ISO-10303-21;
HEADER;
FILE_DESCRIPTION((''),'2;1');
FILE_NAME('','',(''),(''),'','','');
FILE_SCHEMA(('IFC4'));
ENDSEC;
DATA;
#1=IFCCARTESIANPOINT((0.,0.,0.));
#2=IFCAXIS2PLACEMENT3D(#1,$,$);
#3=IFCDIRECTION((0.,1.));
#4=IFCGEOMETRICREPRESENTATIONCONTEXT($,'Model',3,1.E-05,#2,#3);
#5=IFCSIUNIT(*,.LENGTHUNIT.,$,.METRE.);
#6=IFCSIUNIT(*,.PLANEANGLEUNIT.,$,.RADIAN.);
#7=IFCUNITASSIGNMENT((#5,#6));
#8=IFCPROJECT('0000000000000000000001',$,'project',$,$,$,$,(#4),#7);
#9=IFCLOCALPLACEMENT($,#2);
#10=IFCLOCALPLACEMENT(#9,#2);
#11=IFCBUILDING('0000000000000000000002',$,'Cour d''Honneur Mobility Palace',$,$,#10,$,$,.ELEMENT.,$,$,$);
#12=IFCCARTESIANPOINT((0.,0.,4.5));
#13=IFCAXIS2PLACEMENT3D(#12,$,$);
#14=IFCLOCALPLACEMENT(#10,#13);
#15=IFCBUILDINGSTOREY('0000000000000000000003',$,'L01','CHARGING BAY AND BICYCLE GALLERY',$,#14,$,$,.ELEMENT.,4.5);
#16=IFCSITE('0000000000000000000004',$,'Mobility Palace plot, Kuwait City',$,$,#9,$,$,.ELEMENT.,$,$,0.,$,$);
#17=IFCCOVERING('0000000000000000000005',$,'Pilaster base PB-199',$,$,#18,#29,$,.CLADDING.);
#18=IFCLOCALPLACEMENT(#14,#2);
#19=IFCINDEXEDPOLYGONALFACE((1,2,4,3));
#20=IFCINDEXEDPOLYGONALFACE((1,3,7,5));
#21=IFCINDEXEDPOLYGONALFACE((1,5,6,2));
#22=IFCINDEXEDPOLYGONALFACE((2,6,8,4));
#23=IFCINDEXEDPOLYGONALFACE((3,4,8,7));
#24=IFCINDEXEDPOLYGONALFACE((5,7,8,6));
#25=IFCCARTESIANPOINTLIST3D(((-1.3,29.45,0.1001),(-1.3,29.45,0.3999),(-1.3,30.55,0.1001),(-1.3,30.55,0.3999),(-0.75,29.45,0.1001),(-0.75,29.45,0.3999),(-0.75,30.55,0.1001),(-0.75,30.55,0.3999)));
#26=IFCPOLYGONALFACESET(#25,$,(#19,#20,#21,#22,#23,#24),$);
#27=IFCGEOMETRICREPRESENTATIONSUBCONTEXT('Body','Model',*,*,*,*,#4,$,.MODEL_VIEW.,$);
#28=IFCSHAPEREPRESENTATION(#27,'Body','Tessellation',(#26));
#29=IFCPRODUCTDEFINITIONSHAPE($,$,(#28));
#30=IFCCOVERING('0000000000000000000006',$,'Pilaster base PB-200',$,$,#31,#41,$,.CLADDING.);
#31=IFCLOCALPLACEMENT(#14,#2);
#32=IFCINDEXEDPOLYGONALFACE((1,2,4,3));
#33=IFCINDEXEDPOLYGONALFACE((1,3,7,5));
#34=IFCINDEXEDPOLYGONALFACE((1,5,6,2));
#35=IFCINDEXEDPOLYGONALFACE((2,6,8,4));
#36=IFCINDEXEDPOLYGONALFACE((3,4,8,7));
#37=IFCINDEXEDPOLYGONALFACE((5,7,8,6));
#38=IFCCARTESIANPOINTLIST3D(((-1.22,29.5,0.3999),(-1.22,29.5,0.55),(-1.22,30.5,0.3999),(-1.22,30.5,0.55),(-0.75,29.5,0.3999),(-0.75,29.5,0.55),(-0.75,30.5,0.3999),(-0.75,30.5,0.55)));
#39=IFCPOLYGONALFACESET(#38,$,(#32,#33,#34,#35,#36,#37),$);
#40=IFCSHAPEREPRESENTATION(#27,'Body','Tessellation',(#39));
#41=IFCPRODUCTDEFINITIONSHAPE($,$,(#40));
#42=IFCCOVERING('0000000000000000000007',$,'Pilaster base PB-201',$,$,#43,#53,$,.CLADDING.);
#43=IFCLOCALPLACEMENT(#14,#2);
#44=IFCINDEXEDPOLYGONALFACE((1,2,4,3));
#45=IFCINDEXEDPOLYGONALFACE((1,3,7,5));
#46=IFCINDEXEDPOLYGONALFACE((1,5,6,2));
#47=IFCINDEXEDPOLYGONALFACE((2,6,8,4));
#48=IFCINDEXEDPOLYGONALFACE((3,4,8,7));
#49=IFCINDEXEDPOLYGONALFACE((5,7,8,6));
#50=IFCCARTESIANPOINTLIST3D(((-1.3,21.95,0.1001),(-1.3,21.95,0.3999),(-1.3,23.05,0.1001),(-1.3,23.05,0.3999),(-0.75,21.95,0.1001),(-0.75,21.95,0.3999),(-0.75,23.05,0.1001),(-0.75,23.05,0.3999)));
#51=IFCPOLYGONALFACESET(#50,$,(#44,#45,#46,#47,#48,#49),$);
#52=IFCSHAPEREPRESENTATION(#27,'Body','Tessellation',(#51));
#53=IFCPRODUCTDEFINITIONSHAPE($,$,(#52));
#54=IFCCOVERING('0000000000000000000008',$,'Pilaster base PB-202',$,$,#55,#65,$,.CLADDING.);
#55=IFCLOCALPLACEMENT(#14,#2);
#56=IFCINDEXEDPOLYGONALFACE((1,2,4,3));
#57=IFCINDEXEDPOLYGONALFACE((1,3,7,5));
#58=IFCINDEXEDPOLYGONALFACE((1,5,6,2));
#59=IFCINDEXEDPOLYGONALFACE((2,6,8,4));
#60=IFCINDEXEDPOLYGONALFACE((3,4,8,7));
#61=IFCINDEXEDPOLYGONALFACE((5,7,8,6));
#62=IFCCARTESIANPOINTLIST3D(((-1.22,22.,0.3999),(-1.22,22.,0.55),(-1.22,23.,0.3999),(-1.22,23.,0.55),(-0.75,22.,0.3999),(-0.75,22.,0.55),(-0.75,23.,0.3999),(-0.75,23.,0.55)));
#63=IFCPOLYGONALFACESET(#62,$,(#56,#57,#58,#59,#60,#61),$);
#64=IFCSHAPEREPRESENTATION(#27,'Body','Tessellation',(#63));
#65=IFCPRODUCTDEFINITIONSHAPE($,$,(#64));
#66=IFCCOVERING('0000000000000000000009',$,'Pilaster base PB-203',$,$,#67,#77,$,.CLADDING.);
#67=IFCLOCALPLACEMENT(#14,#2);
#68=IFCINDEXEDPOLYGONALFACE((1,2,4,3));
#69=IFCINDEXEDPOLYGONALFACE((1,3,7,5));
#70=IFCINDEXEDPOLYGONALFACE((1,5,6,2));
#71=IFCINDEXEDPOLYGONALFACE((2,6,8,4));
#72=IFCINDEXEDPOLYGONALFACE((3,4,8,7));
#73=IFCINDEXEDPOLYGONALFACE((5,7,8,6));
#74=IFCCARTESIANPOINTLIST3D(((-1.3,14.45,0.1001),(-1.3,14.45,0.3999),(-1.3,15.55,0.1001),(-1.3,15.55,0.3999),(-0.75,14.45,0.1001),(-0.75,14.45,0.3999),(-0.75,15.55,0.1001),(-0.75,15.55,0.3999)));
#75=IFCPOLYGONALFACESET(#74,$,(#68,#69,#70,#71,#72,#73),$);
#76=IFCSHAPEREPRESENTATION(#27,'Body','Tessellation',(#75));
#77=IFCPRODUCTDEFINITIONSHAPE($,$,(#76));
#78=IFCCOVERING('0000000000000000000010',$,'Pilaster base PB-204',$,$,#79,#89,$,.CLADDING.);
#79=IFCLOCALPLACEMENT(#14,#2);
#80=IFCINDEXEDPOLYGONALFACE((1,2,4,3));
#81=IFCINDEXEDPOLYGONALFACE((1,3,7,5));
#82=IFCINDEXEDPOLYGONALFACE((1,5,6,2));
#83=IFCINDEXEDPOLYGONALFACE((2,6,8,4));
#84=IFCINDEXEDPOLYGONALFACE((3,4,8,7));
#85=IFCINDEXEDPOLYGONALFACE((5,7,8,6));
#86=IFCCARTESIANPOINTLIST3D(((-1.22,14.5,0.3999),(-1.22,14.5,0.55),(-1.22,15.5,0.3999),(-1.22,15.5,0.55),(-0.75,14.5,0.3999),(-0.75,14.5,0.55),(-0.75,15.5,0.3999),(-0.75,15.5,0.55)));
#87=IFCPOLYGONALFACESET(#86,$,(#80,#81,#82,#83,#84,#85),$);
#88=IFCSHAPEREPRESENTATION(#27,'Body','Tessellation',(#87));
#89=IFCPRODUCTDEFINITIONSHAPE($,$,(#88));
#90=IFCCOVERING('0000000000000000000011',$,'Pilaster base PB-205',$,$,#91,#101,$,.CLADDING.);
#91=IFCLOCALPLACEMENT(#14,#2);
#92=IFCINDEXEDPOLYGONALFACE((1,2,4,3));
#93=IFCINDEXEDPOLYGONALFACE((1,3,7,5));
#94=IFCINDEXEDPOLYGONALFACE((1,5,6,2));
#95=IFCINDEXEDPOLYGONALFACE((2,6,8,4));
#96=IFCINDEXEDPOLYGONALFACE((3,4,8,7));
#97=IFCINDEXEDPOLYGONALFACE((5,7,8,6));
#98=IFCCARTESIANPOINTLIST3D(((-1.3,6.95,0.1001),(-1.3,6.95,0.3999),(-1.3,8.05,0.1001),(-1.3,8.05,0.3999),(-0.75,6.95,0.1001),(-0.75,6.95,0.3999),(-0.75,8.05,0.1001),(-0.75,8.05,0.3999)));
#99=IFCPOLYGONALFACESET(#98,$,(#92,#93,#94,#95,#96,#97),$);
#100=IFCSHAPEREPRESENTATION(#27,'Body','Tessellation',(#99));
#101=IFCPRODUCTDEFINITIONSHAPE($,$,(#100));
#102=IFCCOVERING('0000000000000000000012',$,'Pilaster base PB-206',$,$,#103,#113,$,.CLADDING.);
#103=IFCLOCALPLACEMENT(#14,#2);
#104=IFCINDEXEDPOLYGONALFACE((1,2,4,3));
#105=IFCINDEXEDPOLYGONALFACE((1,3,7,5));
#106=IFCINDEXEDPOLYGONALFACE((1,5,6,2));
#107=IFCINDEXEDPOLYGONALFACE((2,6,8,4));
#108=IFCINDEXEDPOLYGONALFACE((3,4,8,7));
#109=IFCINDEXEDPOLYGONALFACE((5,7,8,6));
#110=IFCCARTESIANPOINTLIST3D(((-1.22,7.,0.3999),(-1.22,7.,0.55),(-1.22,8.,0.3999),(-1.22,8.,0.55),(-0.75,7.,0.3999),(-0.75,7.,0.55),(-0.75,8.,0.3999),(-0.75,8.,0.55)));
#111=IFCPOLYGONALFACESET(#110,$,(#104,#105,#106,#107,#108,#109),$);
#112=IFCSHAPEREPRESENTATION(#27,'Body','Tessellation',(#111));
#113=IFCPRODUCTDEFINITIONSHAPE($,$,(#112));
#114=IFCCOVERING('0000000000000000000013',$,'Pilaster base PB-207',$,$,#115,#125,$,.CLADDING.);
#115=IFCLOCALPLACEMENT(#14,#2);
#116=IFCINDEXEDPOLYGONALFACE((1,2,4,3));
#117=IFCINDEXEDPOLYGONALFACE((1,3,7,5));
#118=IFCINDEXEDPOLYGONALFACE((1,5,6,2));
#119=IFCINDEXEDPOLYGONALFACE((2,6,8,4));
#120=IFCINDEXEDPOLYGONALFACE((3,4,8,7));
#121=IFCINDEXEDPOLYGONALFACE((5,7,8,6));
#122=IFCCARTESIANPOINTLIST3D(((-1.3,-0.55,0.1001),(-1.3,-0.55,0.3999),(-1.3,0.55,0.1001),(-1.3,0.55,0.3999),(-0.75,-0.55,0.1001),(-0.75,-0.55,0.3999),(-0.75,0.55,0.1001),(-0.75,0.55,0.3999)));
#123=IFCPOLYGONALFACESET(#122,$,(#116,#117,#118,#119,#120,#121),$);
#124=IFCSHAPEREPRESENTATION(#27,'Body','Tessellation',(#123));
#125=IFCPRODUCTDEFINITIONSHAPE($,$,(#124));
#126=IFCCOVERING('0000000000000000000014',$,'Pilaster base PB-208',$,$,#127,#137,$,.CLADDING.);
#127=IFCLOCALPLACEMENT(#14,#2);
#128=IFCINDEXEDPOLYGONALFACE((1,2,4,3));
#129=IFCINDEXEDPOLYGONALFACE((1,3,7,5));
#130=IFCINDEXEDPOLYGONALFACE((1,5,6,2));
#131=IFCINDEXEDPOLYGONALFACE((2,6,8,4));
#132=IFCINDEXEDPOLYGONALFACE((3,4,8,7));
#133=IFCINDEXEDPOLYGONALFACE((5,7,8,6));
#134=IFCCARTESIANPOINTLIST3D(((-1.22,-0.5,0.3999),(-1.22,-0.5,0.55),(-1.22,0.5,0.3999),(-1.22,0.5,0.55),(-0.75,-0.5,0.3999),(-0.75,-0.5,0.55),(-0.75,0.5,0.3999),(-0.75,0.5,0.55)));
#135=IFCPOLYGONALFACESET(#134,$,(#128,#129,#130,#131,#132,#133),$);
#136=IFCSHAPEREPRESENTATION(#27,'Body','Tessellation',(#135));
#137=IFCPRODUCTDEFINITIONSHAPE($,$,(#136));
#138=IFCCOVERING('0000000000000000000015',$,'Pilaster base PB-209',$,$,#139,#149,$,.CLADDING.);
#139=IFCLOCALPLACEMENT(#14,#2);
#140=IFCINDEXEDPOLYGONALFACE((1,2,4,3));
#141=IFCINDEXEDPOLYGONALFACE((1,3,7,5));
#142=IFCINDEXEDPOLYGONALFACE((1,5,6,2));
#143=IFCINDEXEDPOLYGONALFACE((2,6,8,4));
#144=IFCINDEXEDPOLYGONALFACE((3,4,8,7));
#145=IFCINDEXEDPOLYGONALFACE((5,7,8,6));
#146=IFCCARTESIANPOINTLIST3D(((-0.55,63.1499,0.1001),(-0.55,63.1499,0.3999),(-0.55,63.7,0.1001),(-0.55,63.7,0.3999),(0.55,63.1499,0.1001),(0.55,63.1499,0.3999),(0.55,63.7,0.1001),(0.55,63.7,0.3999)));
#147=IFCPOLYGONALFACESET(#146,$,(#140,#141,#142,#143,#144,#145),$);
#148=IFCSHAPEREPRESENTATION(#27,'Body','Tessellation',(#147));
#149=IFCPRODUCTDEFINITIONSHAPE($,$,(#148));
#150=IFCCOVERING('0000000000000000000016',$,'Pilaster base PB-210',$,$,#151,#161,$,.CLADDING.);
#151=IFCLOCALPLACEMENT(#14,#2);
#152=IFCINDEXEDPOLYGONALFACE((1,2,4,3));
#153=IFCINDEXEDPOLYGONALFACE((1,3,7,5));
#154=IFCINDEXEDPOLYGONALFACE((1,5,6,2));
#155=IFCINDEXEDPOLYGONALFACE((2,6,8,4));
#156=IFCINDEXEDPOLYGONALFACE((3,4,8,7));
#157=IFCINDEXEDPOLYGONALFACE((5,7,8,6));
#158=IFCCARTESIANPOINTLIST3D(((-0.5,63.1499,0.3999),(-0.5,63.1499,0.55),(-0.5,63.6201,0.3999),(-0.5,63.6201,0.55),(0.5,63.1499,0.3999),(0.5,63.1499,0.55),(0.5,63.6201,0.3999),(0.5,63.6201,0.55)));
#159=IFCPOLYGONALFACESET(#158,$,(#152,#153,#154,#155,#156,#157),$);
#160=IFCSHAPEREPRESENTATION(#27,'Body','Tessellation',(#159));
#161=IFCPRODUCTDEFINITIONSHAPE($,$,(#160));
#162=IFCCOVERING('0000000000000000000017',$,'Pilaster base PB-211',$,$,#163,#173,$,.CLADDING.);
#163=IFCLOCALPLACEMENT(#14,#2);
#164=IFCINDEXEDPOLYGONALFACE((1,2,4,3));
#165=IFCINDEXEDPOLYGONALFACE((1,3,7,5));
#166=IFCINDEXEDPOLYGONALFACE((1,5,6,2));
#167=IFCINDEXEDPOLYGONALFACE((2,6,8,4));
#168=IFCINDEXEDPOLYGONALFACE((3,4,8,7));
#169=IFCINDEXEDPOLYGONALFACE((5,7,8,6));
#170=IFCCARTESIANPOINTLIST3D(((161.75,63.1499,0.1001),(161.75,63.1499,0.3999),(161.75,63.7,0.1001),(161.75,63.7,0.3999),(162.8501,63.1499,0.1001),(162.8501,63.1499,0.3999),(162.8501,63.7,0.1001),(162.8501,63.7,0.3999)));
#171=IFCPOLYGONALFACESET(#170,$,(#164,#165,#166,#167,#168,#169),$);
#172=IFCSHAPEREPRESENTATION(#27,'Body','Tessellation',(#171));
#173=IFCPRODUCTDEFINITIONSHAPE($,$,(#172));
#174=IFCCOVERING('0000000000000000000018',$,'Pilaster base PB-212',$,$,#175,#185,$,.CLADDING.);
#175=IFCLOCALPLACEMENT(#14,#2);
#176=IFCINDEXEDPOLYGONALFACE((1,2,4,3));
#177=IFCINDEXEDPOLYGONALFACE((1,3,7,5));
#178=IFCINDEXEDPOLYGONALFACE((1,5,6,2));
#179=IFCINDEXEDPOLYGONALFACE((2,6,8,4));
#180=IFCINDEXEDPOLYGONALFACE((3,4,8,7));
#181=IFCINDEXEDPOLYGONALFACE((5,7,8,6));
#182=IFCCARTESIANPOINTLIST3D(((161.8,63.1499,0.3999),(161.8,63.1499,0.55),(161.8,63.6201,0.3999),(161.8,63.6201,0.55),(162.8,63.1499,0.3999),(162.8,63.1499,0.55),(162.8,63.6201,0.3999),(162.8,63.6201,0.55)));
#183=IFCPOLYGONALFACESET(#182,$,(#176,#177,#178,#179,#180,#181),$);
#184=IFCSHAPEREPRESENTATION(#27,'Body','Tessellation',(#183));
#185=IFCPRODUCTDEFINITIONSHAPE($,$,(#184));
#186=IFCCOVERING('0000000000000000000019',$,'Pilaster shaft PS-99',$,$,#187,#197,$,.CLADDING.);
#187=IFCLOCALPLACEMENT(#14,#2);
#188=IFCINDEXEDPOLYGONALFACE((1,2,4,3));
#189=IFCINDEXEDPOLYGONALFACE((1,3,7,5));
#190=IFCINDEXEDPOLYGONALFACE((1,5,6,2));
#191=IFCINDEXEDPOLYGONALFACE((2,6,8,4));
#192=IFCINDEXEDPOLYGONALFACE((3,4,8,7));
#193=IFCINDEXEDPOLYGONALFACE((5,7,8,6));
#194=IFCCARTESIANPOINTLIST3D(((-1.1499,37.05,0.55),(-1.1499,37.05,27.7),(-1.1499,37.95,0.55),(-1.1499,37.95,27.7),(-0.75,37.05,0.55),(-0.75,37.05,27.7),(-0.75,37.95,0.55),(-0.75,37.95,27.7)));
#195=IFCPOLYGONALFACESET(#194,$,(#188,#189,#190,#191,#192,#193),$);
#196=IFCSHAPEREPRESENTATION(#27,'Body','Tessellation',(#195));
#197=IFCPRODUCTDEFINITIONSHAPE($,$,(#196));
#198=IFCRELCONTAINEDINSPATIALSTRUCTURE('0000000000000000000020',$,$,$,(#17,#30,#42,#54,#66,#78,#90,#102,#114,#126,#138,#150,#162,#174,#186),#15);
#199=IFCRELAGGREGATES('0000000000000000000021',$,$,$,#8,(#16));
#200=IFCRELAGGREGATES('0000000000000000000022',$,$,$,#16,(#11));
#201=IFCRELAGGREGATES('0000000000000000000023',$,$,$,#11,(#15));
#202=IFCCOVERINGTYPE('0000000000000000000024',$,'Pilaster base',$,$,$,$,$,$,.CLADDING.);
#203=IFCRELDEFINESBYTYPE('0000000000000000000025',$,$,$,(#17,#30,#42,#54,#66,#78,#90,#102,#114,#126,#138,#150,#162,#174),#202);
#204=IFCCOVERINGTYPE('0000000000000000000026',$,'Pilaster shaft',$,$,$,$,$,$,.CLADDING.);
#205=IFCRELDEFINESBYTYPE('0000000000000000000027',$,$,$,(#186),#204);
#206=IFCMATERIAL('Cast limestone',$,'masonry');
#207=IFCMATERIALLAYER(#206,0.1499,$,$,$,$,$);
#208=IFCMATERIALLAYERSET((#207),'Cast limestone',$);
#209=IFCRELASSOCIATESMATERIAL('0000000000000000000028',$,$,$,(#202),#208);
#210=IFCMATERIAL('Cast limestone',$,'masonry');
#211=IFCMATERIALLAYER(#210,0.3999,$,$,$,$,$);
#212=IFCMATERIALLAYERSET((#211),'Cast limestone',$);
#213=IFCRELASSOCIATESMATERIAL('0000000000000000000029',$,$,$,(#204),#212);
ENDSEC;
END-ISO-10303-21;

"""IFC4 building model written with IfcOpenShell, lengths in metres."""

from ifc_helpers import new_model, si_unit, direction, frame, origin, place, context, subcontext, project, spatial, polyline, outline, extrude, material, layer, layer_set, type_object, element, save


model = new_model("IFC4")

# Units and contexts
model_context = context("Model", 3, precision=1e-05, world=origin(), true_north=direction((0.0, 1.0)))
body_context = subcontext(model_context, "Body", "Model", "MODEL_VIEW")
ifc_project = project(units=[si_unit("LENGTHUNIT", "METRE"), si_unit("PLANEANGLEUNIT", "RADIAN")], contexts=[model_context])

# Site, building, storey
site_placement = place(None, origin())
site = spatial("IfcSite", under=ifc_project, at=site_placement, Name="Mobility Palace plot, Kuwait City", CompositionType="ELEMENT", RefElevation=0.0)
building_placement = place(site_placement, origin())
building = spatial("IfcBuilding", under=site, at=building_placement, Name="Cour d'Honneur Mobility Palace", CompositionType="ELEMENT")
storey_placement = place(building_placement, frame((0.0, 0.0, 4.5)))
storey = spatial("IfcBuildingStorey", under=building, at=storey_placement, Name="L01", Description="CHARGING BAY AND BICYCLE GALLERY", CompositionType="ELEMENT", Elevation=4.5)

# Coverings
ifc_material_1 = material(Name="Cast limestone", Category="masonry")
ifc_layer_1 = layer(ifc_material_1, 0.1499)
ifc_layer_set_1 = layer_set([ifc_layer_1], Name="Cast limestone")
covering_type_1 = type_object("IfcCoveringType", Name="Pilaster base", PredefinedType="CLADDING", material=ifc_layer_set_1)
covering_1_placement = place(storey_placement, frame((0.0, 0.0, 0.1001)))
element("IfcCovering", 1, at=covering_1_placement, inside=storey, type_object=covering_type_1, Name="Pilaster base PB-199", PredefinedType="CLADDING", context=body_context, shape_type="SweptSolid", body=[
    extrude(outline(polyline([(-0.75, 30.55), (-0.75, 29.45), (-1.3, 29.45), (-1.3, 30.55), (-0.75, 30.55)])), origin(), (0.0, 0.0, 1.0), 0.2998),
])
covering_2_placement = place(storey_placement, frame((0.0, 0.0, 0.3999)))
element("IfcCovering", 2, at=covering_2_placement, inside=storey, type_object=covering_type_1, Name="Pilaster base PB-200", PredefinedType="CLADDING", context=body_context, shape_type="SweptSolid", body=[
    extrude(outline(polyline([(-0.75, 30.5), (-0.75, 29.5), (-1.22, 29.5), (-1.22, 30.5), (-0.75, 30.5)])), origin(), (0.0, 0.0, 1.0), 0.1501),
])
covering_3_placement = place(storey_placement, frame((0.0, 0.0, 0.1001)))
element("IfcCovering", 3, at=covering_3_placement, inside=storey, type_object=covering_type_1, Name="Pilaster base PB-201", PredefinedType="CLADDING", context=body_context, shape_type="SweptSolid", body=[
    extrude(outline(polyline([(-0.75, 23.05), (-0.75, 21.95), (-1.3, 21.95), (-1.3, 23.05), (-0.75, 23.05)])), origin(), (0.0, 0.0, 1.0), 0.2998),
])
covering_4_placement = place(storey_placement, frame((0.0, 0.0, 0.3999)))
element("IfcCovering", 4, at=covering_4_placement, inside=storey, type_object=covering_type_1, Name="Pilaster base PB-202", PredefinedType="CLADDING", context=body_context, shape_type="SweptSolid", body=[
    extrude(outline(polyline([(-0.75, 23.0), (-0.75, 22.0), (-1.22, 22.0), (-1.22, 23.0), (-0.75, 23.0)])), origin(), (0.0, 0.0, 1.0), 0.1501),
])
covering_5_placement = place(storey_placement, frame((0.0, 0.0, 0.1001)))
element("IfcCovering", 5, at=covering_5_placement, inside=storey, type_object=covering_type_1, Name="Pilaster base PB-203", PredefinedType="CLADDING", context=body_context, shape_type="SweptSolid", body=[
    extrude(outline(polyline([(-0.75, 15.55), (-0.75, 14.45), (-1.3, 14.45), (-1.3, 15.55), (-0.75, 15.55)])), origin(), (0.0, 0.0, 1.0), 0.2998),
])
covering_6_placement = place(storey_placement, frame((0.0, 0.0, 0.3999)))
element("IfcCovering", 6, at=covering_6_placement, inside=storey, type_object=covering_type_1, Name="Pilaster base PB-204", PredefinedType="CLADDING", context=body_context, shape_type="SweptSolid", body=[
    extrude(outline(polyline([(-0.75, 15.5), (-0.75, 14.5), (-1.22, 14.5), (-1.22, 15.5), (-0.75, 15.5)])), origin(), (0.0, 0.0, 1.0), 0.1501),
])
covering_7_placement = place(storey_placement, frame((0.0, 0.0, 0.1001)))
element("IfcCovering", 7, at=covering_7_placement, inside=storey, type_object=covering_type_1, Name="Pilaster base PB-205", PredefinedType="CLADDING", context=body_context, shape_type="SweptSolid", body=[
    extrude(outline(polyline([(-0.75, 8.05), (-0.75, 6.95), (-1.3, 6.95), (-1.3, 8.05), (-0.75, 8.05)])), origin(), (0.0, 0.0, 1.0), 0.2998),
])
covering_8_placement = place(storey_placement, frame((0.0, 0.0, 0.3999)))
element("IfcCovering", 8, at=covering_8_placement, inside=storey, type_object=covering_type_1, Name="Pilaster base PB-206", PredefinedType="CLADDING", context=body_context, shape_type="SweptSolid", body=[
    extrude(outline(polyline([(-0.75, 8.0), (-0.75, 7.0), (-1.22, 7.0), (-1.22, 8.0), (-0.75, 8.0)])), origin(), (0.0, 0.0, 1.0), 0.1501),
])
covering_9_placement = place(storey_placement, frame((0.0, 0.0, 0.1001)))
element("IfcCovering", 9, at=covering_9_placement, inside=storey, type_object=covering_type_1, Name="Pilaster base PB-207", PredefinedType="CLADDING", context=body_context, shape_type="SweptSolid", body=[
    extrude(outline(polyline([(-0.75, 0.55), (-0.75, -0.55), (-1.3, -0.55), (-1.3, 0.55), (-0.75, 0.55)])), origin(), (0.0, 0.0, 1.0), 0.2998),
])
covering_10_placement = place(storey_placement, frame((0.0, 0.0, 0.3999)))
element("IfcCovering", 10, at=covering_10_placement, inside=storey, type_object=covering_type_1, Name="Pilaster base PB-208", PredefinedType="CLADDING", context=body_context, shape_type="SweptSolid", body=[
    extrude(outline(polyline([(-0.75, 0.5), (-0.75, -0.5), (-1.22, -0.5), (-1.22, 0.5), (-0.75, 0.5)])), origin(), (0.0, 0.0, 1.0), 0.1501),
])
covering_11_placement = place(storey_placement, frame((0.0, 0.0, 0.1001)))
element("IfcCovering", 11, at=covering_11_placement, inside=storey, type_object=covering_type_1, Name="Pilaster base PB-209", PredefinedType="CLADDING", context=body_context, shape_type="SweptSolid", body=[
    extrude(outline(polyline([(0.55, 63.1499), (-0.55, 63.1499), (-0.55, 63.7), (0.55, 63.7), (0.55, 63.1499)])), origin(), (0.0, 0.0, 1.0), 0.2998),
])
covering_12_placement = place(storey_placement, frame((0.0, 0.0, 0.3999)))
element("IfcCovering", 12, at=covering_12_placement, inside=storey, type_object=covering_type_1, Name="Pilaster base PB-210", PredefinedType="CLADDING", context=body_context, shape_type="SweptSolid", body=[
    extrude(outline(polyline([(0.5, 63.1499), (-0.5, 63.1499), (-0.5, 63.6201), (0.5, 63.6201), (0.5, 63.1499)])), origin(), (0.0, 0.0, 1.0), 0.1501),
])
covering_13_placement = place(storey_placement, frame((0.0, 0.0, 0.1001)))
element("IfcCovering", 13, at=covering_13_placement, inside=storey, type_object=covering_type_1, Name="Pilaster base PB-211", PredefinedType="CLADDING", context=body_context, shape_type="SweptSolid", body=[
    extrude(outline(polyline([(162.8501, 63.1499), (161.75, 63.1499), (161.75, 63.7), (162.8501, 63.7), (162.8501, 63.1499)])), origin(), (0.0, 0.0, 1.0), 0.2998),
])
covering_14_placement = place(storey_placement, frame((0.0, 0.0, 0.3999)))
element("IfcCovering", 14, at=covering_14_placement, inside=storey, type_object=covering_type_1, Name="Pilaster base PB-212", PredefinedType="CLADDING", context=body_context, shape_type="SweptSolid", body=[
    extrude(outline(polyline([(162.8, 63.1499), (161.8, 63.1499), (161.8, 63.6201), (162.8, 63.6201), (162.8, 63.1499)])), origin(), (0.0, 0.0, 1.0), 0.1501),
])
ifc_material_2 = material(Name="Cast limestone", Category="masonry")
ifc_layer_2 = layer(ifc_material_2, 0.3999)
ifc_layer_set_2 = layer_set([ifc_layer_2], Name="Cast limestone")
covering_type_2 = type_object("IfcCoveringType", Name="Pilaster shaft", PredefinedType="CLADDING", material=ifc_layer_set_2)
covering_15_placement = place(storey_placement, frame((0.0, 0.0, 0.55)))
element("IfcCovering", 15, at=covering_15_placement, inside=storey, type_object=covering_type_2, Name="Pilaster shaft PS-99", PredefinedType="CLADDING", context=body_context, shape_type="SweptSolid", body=[
    extrude(outline(polyline([(-0.75, 37.95), (-0.75, 37.05), (-1.1499, 37.05), (-1.1499, 37.95), (-0.75, 37.95)])), origin(), (0.0, 0.0, 1.0), 27.1499),
])

save(model, "model.ifc")
